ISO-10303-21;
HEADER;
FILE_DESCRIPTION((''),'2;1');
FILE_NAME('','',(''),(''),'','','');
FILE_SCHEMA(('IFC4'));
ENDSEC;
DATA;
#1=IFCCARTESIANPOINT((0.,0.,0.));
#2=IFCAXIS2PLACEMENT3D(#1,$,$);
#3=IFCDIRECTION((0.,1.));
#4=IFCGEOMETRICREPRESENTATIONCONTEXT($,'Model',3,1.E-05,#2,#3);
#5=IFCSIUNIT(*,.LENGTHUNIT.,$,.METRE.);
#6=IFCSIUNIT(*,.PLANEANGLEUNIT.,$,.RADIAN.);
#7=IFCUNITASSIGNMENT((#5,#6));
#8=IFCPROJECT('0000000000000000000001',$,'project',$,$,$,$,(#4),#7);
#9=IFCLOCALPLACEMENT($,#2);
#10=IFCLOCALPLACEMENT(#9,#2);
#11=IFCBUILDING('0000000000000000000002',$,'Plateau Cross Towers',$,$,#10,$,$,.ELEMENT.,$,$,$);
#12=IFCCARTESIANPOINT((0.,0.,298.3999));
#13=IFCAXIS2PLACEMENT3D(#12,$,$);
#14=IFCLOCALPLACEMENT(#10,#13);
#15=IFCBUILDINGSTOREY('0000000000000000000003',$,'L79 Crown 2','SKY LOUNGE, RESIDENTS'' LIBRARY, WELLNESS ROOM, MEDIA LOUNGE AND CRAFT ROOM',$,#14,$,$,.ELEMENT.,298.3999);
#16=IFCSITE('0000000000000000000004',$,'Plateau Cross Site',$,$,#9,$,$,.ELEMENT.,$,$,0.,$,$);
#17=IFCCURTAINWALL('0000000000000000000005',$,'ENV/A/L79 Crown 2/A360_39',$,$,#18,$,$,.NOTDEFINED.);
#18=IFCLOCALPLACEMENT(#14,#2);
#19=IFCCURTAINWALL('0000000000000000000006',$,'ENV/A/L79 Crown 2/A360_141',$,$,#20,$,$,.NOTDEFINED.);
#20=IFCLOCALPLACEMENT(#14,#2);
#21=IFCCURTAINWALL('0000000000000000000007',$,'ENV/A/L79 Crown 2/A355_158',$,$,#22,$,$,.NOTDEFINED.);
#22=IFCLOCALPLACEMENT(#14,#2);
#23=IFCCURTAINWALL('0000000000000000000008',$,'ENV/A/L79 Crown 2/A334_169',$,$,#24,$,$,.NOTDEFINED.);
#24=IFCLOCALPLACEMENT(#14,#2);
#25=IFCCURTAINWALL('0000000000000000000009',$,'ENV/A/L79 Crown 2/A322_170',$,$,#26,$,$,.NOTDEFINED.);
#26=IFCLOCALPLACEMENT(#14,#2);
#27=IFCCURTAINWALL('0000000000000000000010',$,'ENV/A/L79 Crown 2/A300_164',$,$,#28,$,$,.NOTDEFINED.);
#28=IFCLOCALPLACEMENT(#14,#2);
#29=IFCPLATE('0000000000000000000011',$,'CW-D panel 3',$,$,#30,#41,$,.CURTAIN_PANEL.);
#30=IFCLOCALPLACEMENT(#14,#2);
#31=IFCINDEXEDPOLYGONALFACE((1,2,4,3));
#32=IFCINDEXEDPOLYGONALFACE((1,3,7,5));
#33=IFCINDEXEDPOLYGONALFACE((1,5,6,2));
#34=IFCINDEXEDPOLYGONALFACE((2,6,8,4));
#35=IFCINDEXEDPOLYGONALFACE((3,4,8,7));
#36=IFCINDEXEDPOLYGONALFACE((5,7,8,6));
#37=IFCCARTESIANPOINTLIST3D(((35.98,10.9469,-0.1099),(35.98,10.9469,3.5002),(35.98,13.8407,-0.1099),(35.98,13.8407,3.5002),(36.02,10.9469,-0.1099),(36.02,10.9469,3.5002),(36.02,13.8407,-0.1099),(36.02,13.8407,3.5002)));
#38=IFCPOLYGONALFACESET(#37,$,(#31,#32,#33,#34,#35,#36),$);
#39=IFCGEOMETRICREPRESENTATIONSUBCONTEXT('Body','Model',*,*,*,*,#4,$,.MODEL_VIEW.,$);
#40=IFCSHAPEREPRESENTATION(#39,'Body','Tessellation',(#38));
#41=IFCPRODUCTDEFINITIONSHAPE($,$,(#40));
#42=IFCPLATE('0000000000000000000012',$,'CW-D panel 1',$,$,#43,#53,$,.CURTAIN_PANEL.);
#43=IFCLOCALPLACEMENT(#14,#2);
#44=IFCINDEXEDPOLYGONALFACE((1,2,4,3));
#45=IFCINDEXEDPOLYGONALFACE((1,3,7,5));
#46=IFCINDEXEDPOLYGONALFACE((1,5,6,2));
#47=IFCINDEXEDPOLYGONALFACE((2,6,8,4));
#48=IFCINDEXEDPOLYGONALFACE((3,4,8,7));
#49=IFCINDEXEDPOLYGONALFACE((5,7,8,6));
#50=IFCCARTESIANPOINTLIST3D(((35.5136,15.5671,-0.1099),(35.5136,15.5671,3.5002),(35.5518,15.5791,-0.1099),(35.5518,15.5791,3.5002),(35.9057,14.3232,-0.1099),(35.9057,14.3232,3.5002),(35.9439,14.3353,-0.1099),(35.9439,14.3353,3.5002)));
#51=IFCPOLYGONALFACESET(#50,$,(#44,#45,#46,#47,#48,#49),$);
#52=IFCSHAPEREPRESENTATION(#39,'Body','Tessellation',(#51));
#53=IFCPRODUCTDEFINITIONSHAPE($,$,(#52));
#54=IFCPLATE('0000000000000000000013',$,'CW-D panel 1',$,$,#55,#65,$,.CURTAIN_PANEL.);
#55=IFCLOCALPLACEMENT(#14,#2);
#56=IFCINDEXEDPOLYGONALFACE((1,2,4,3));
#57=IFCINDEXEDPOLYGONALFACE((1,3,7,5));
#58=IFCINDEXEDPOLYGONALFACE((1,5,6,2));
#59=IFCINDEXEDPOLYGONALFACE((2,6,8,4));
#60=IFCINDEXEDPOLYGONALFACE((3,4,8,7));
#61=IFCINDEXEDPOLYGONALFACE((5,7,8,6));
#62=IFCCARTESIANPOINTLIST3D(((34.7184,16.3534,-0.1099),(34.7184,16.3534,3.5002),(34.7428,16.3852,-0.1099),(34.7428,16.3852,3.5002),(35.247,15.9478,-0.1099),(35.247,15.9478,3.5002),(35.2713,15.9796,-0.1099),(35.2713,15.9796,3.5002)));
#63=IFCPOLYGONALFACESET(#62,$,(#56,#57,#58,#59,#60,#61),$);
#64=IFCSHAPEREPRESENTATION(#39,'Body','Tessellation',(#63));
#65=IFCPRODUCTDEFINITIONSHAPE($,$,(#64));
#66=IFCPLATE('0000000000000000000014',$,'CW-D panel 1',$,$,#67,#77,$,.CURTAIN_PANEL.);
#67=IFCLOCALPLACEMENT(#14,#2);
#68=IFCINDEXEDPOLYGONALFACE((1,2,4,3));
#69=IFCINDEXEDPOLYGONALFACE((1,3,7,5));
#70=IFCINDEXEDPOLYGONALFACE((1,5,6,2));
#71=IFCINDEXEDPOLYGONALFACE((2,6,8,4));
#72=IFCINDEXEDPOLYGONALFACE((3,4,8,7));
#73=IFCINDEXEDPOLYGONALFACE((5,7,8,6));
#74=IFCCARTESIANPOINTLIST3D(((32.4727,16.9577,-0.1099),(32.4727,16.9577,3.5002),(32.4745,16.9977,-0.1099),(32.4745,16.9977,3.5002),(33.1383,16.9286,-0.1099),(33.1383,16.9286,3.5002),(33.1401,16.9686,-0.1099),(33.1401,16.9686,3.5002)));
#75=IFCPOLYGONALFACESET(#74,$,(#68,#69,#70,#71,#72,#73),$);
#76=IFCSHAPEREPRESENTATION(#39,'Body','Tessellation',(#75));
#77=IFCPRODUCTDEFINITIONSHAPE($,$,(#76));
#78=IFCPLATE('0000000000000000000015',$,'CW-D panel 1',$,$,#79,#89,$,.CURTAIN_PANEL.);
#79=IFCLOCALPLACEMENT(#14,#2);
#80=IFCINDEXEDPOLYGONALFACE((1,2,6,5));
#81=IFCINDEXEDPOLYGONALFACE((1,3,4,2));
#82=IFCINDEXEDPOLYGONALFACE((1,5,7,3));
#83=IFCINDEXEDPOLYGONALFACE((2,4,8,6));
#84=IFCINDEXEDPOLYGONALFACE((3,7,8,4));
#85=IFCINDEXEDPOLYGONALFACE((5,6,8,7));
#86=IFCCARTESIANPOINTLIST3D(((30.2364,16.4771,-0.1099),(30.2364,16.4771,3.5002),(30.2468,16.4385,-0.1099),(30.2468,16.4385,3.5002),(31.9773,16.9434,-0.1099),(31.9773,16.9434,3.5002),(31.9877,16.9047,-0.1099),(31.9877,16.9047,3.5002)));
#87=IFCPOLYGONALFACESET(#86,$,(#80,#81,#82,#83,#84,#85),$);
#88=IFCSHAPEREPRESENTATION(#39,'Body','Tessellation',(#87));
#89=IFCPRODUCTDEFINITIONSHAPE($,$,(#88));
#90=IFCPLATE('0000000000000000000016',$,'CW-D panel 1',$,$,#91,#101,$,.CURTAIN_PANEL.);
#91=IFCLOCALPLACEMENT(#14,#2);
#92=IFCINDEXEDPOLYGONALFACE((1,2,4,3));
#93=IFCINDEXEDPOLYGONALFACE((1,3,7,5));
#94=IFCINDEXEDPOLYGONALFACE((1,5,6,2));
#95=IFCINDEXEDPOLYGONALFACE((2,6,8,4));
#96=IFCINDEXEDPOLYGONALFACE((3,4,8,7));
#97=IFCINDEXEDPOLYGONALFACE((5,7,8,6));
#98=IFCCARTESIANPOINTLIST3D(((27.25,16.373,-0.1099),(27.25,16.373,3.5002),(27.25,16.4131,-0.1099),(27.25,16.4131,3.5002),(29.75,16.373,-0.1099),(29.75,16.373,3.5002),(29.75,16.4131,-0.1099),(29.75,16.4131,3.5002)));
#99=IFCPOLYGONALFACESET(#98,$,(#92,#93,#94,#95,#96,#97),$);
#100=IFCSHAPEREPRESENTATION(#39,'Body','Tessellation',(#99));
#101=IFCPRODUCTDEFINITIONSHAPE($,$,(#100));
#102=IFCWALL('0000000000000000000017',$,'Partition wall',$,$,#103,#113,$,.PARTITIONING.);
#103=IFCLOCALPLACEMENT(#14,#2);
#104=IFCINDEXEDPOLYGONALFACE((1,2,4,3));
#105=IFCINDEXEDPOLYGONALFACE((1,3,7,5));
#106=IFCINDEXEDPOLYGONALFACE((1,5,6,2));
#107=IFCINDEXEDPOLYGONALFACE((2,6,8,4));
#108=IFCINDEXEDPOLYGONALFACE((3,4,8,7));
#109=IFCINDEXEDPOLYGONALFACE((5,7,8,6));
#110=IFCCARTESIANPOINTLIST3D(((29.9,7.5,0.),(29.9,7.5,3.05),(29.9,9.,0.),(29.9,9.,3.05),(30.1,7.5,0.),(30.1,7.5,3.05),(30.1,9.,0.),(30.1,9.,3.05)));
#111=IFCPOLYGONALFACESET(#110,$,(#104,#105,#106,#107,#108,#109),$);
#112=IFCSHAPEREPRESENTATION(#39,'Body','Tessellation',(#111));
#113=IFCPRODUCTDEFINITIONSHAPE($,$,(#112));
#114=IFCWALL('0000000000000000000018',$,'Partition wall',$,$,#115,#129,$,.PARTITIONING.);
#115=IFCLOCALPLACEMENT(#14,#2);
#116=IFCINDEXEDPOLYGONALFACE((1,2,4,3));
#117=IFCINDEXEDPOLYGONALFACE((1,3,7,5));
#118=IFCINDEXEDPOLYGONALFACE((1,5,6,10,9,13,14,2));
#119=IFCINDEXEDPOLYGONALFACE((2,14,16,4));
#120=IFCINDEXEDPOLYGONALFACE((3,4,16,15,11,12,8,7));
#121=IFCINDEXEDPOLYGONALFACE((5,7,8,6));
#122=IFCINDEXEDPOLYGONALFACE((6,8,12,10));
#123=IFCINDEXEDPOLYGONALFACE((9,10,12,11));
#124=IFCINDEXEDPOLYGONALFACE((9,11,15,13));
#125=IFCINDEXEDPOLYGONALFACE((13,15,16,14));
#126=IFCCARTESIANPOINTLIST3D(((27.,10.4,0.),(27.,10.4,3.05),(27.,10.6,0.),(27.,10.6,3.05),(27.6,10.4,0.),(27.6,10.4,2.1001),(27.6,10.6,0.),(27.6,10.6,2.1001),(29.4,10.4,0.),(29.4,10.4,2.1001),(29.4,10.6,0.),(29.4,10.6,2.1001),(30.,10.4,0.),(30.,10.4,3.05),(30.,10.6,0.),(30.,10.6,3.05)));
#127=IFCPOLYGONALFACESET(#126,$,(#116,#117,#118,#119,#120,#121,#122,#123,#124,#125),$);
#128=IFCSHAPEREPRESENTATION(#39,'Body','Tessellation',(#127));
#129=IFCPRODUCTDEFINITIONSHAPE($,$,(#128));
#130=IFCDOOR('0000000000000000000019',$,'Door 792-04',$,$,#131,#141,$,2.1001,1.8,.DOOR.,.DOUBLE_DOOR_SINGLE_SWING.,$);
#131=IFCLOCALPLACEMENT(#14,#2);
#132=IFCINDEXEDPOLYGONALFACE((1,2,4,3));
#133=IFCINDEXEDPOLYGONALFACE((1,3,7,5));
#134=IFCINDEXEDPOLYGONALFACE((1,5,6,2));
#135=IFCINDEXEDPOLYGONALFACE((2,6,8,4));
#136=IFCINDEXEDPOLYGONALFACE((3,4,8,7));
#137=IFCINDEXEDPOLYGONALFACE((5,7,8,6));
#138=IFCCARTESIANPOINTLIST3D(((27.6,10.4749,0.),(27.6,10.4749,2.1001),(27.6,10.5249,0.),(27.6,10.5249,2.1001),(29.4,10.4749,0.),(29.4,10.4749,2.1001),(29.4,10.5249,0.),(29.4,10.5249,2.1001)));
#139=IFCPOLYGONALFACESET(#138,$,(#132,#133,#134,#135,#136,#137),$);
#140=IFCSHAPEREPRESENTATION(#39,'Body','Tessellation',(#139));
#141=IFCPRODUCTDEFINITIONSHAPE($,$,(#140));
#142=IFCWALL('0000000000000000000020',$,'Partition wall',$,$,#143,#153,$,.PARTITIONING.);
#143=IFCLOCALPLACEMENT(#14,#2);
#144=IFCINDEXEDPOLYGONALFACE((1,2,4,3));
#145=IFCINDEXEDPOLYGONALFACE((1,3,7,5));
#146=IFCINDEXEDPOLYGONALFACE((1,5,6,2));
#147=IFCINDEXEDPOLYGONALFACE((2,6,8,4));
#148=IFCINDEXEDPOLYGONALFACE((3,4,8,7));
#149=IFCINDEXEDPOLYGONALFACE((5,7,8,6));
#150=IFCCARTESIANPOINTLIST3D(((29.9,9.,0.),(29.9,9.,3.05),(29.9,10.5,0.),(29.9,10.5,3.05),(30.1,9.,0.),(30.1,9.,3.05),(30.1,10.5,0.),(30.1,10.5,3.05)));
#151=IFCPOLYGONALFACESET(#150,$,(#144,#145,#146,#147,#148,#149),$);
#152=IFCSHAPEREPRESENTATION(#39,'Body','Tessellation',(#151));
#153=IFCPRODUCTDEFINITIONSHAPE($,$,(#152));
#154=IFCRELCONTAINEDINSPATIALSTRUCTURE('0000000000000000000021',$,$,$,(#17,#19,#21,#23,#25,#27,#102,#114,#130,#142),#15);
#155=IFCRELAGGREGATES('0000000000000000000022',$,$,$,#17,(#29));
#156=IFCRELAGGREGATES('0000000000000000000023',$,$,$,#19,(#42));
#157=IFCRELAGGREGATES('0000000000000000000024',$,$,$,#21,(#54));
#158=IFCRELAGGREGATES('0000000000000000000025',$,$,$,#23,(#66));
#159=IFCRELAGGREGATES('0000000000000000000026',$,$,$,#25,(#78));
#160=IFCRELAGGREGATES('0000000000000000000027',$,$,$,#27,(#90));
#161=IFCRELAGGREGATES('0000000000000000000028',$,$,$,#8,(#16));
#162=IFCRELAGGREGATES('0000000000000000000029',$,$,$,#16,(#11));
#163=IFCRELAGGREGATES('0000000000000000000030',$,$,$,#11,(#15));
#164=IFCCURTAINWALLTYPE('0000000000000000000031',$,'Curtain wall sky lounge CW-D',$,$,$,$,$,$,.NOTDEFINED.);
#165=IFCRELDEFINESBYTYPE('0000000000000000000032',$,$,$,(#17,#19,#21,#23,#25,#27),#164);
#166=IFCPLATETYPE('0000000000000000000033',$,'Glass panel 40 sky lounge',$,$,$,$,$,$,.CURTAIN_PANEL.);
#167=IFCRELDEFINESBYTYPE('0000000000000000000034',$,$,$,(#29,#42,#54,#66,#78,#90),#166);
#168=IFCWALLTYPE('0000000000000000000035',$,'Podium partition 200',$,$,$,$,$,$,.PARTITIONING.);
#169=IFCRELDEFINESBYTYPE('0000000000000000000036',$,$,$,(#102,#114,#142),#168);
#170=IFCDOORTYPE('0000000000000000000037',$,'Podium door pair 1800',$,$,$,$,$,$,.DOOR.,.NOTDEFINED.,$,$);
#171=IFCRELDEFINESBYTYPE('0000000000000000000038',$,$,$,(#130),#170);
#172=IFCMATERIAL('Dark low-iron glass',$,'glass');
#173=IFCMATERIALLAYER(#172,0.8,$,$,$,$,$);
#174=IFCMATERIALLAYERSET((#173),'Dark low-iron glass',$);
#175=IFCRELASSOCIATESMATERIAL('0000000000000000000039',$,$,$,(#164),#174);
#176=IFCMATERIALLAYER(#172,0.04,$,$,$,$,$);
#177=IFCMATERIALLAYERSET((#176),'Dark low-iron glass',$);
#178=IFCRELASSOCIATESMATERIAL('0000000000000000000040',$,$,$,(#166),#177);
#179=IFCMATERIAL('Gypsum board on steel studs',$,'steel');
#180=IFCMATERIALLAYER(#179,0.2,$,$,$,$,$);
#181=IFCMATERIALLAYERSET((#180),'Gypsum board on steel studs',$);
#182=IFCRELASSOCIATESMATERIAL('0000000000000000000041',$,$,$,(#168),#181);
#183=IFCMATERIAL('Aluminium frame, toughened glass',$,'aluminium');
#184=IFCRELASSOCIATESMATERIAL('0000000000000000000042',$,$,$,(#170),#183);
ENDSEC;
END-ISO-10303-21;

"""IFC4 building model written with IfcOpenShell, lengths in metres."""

from ifc_helpers import new_model, si_unit, direction, frame, frame_2d, origin, origin_2d, place, context, subcontext, project, spatial, rectangle, extrude, material, layer, layer_set, type_object, element, fill, aggregate, save


model = new_model("IFC4")

# Units and contexts
model_context = context("Model", 3, precision=1e-05, world=origin(), true_north=direction((0.0, 1.0)))
body_context = subcontext(model_context, "Body", "Model", "MODEL_VIEW")
ifc_project = project(units=[si_unit("LENGTHUNIT", "METRE"), si_unit("PLANEANGLEUNIT", "RADIAN")], contexts=[model_context])

# Site, building, storey
site_placement = place(None, origin())
site = spatial("IfcSite", under=ifc_project, at=site_placement, Name="Plateau Cross Site", CompositionType="ELEMENT", RefElevation=0.0)
building_placement = place(site_placement, origin())
building = spatial("IfcBuilding", under=site, at=building_placement, Name="Plateau Cross Towers", CompositionType="ELEMENT")
storey_placement = place(building_placement, frame((0.0, 0.0, 298.3999)))
storey = spatial("IfcBuildingStorey", under=building, at=storey_placement, Name="L79 Crown 2", Description="SKY LOUNGE, RESIDENTS' LIBRARY, WELLNESS ROOM, MEDIA LOUNGE AND CRAFT ROOM", CompositionType="ELEMENT", Elevation=298.3999)

# Curtain walls
ifc_material_1 = material(Name="Dark low-iron glass", Category="glass")
ifc_layer_1 = layer(ifc_material_1, 0.8)
ifc_layer_set_1 = layer_set([ifc_layer_1], Name="Dark low-iron glass")
curtain_wall_type = type_object("IfcCurtainWallType", Name="Curtain wall sky lounge CW-D", PredefinedType="NOTDEFINED", material=ifc_layer_set_1)
curtain_wall_1_placement = place(storey_placement, origin())
curtain_wall_1 = element("IfcCurtainWall", 1, at=curtain_wall_1_placement, inside=storey, type_object=curtain_wall_type, Name="ENV/A/L79 Crown 2/A360_39", PredefinedType="NOTDEFINED")
curtain_wall_2_placement = place(storey_placement, origin())
curtain_wall_2 = element("IfcCurtainWall", 2, at=curtain_wall_2_placement, inside=storey, type_object=curtain_wall_type, Name="ENV/A/L79 Crown 2/A360_141", PredefinedType="NOTDEFINED")

# Curtain wall
curtain_wall_3_placement = place(storey_placement, origin())
curtain_wall_3 = element("IfcCurtainWall", 3, at=curtain_wall_3_placement, inside=storey, type_object=curtain_wall_type, Name="ENV/A/L79 Crown 2/A355_158", PredefinedType="NOTDEFINED")

# Curtain walls
curtain_wall_4_placement = place(storey_placement, origin())
curtain_wall_4 = element("IfcCurtainWall", 4, at=curtain_wall_4_placement, inside=storey, type_object=curtain_wall_type, Name="ENV/A/L79 Crown 2/A334_169", PredefinedType="NOTDEFINED")
curtain_wall_5_placement = place(storey_placement, origin())
curtain_wall_5 = element("IfcCurtainWall", 5, at=curtain_wall_5_placement, inside=storey, type_object=curtain_wall_type, Name="ENV/A/L79 Crown 2/A322_170", PredefinedType="NOTDEFINED")
curtain_wall_6_placement = place(storey_placement, origin())
curtain_wall_6 = element("IfcCurtainWall", 6, at=curtain_wall_6_placement, inside=storey, type_object=curtain_wall_type, Name="ENV/A/L79 Crown 2/A300_164", PredefinedType="NOTDEFINED")

# Plates
ifc_layer_2 = layer(ifc_material_1, 0.04)
ifc_layer_set_2 = layer_set([ifc_layer_2], Name="Dark low-iron glass")
plate_type = type_object("IfcPlateType", Name="Glass panel 40 sky lounge", PredefinedType="CURTAIN_PANEL", material=ifc_layer_set_2)
plate_1_placement = place(storey_placement, frame((36.0, 12.3938, -0.1099), z_axis=(0.0, 0.0, 1.0), x_axis=(0.0, 1.0, 0.0)))
plate_1 = element("IfcPlate", 7, at=plate_1_placement, type_object=plate_type, Name="CW-D panel 3", PredefinedType="CURTAIN_PANEL", context=body_context, shape_type="SweptSolid", body=[
    extrude(rectangle(XDim=2.8938, YDim=0.04, at=origin_2d()), origin(), (0.0, 0.0, 1.0), 3.6101),
])
aggregate(curtain_wall_1, [plate_1])
plate_2_placement = place(storey_placement, frame((35.7288, 14.9512, -0.1099), z_axis=(0.0, 0.0, 1.0), x_axis=(-0.300686, 0.953723, 0.0)))
plate_2 = element("IfcPlate", 8, at=plate_2_placement, type_object=plate_type, Name="CW-D panel 1", PredefinedType="CURTAIN_PANEL", context=body_context, shape_type="SweptSolid", body=[
    extrude(rectangle(XDim=1.3042, YDim=0.04, at=origin_2d()), origin(), (0.0, 0.0, 1.0), 3.6101),
])
aggregate(curtain_wall_2, [plate_2])
plate_3_placement = place(storey_placement, frame((34.9949, 16.1665, -0.1099), z_axis=(0.0, 0.0, 1.0), x_axis=(-0.793316, 0.608811, 0.0)))
plate_3 = element("IfcPlate", 9, at=plate_3_placement, type_object=plate_type, Name="CW-D panel 1", PredefinedType="CURTAIN_PANEL", context=body_context, shape_type="SweptSolid", body=[
    extrude(rectangle(XDim=0.6663, YDim=0.04, at=origin_2d()), origin(), (0.0, 0.0, 1.0), 3.6101),
])
aggregate(curtain_wall_3, [plate_3])
plate_4_placement = place(storey_placement, frame((32.8064, 16.9631, -0.1099), z_axis=(0.0, 0.0, 1.0), x_axis=(-0.999044, 0.043723, 0.0)))
plate_4 = element("IfcPlate", 10, at=plate_4_placement, type_object=plate_type, Name="CW-D panel 1", PredefinedType="CURTAIN_PANEL", context=body_context, shape_type="SweptSolid", body=[
    extrude(rectangle(XDim=0.6663, YDim=0.04, at=origin_2d()), origin(), (0.0, 0.0, 1.0), 3.6101),
])
aggregate(curtain_wall_4, [plate_4])
plate_5_placement = place(storey_placement, frame((31.1121, 16.6909, -0.1099), z_axis=(0.0, 0.0, 1.0), x_axis=(-0.965958, -0.258699, 0.0)))
plate_5 = element("IfcPlate", 11, at=plate_5_placement, type_object=plate_type, Name="CW-D panel 1", PredefinedType="CURTAIN_PANEL", context=body_context, shape_type="SweptSolid", body=[
    extrude(rectangle(XDim=1.8022, YDim=0.04, at=origin_2d()), origin(), (0.0, 0.0, 1.0), 3.6101),
])
aggregate(curtain_wall_5, [plate_5])
plate_6_placement = place(storey_placement, frame((28.5, 16.3931, -0.1099), z_axis=(0.0, 0.0, 1.0), x_axis=(-1.0, 0.0, 0.0)))
plate_6 = element("IfcPlate", 12, at=plate_6_placement, type_object=plate_type, Name="CW-D panel 1", PredefinedType="CURTAIN_PANEL", context=body_context, shape_type="SweptSolid", body=[
    extrude(rectangle(XDim=2.5, YDim=0.04, at=origin_2d()), origin(), (0.0, 0.0, 1.0), 3.6101),
])
aggregate(curtain_wall_6, [plate_6])

# Wall
ifc_material_2 = material(Name="Gypsum board on steel studs", Category="steel")
ifc_layer_3 = layer(ifc_material_2, 0.2)
ifc_layer_set_3 = layer_set([ifc_layer_3], Name="Gypsum board on steel studs")
wall_type = type_object("IfcWallType", Name="Podium partition 200", PredefinedType="PARTITIONING", material=ifc_layer_set_3)
wall_1_placement = place(storey_placement, frame((30.0, 9.0, 0.0), z_axis=(0.0, 0.0, 1.0), x_axis=(0.0, -1.0, 0.0)))
element("IfcWall", 13, at=wall_1_placement, inside=storey, type_object=wall_type, Name="Partition wall", PredefinedType="PARTITIONING", context=body_context, shape_type="SweptSolid", body=[
    extrude(rectangle(XDim=1.5, YDim=0.2, at=frame_2d((0.75, 0.0))), origin(), (0.0, 0.0, 1.0), 3.05),
])

# Wall, opening, door
wall_2_placement = place(storey_placement, frame((27.0, 10.5, 0.0), z_axis=(0.0, 0.0, 1.0), x_axis=(1.0, 0.0, 0.0)))
wall_2 = element("IfcWall", 14, at=wall_2_placement, inside=storey, type_object=wall_type, Name="Partition wall", PredefinedType="PARTITIONING", context=body_context, shape_type="SweptSolid", body=[
    extrude(rectangle(XDim=3.0, YDim=0.2, at=frame_2d((1.5, 0.0))), origin(), (0.0, 0.0, 1.0), 3.05),
])
opening_placement = place(wall_2_placement, frame((0.6001, 0.0, 0.0)))
opening = element("IfcOpeningElement", 15, at=opening_placement, cuts=wall_2, PredefinedType="OPENING", context=body_context, shape_type="SweptSolid", body=[
    extrude(rectangle(XDim=1.8, YDim=2.1001, at=frame_2d((0.8999, 1.05))), frame((0.0, 0.1099, 0.0), z_axis=(0.0, -1.0, 0.0), x_axis=(1.0, 0.0, 0.0)), (0.0, 0.0, 1.0), 0.22),
])
ifc_material_3 = material(Name="Aluminium frame, toughened glass", Category="aluminium")
door_type = type_object("IfcDoorType", Name="Podium door pair 1800", OperationType="NOTDEFINED", PredefinedType="DOOR", material=ifc_material_3)
door_placement = place(opening_placement, origin())
door = element("IfcDoor", 16, at=door_placement, inside=storey, type_object=door_type, Name="Door 792-04", OperationType="DOUBLE_DOOR_SINGLE_SWING", OverallHeight=2.1001, OverallWidth=1.8, PredefinedType="DOOR", context=body_context, shape_type="SweptSolid", body=[
    extrude(rectangle(XDim=1.8, YDim=2.1001, at=frame_2d((0.8999, 1.05))), frame((0.0, 0.0249, 0.0), z_axis=(0.0, -1.0, 0.0), x_axis=(1.0, 0.0, 0.0)), (0.0, 0.0, 1.0), 0.05),
])
fill(opening, door)

# Wall
wall_3_placement = place(storey_placement, frame((30.0, 10.5, 0.0), z_axis=(0.0, 0.0, 1.0), x_axis=(0.0, -1.0, 0.0)))
element("IfcWall", 17, at=wall_3_placement, inside=storey, type_object=wall_type, Name="Partition wall", PredefinedType="PARTITIONING", context=body_context, shape_type="SweptSolid", body=[
    extrude(rectangle(XDim=1.5, YDim=0.2, at=frame_2d((0.75, 0.0))), origin(), (0.0, 0.0, 1.0), 3.05),
])

save(model, "model.ifc")
